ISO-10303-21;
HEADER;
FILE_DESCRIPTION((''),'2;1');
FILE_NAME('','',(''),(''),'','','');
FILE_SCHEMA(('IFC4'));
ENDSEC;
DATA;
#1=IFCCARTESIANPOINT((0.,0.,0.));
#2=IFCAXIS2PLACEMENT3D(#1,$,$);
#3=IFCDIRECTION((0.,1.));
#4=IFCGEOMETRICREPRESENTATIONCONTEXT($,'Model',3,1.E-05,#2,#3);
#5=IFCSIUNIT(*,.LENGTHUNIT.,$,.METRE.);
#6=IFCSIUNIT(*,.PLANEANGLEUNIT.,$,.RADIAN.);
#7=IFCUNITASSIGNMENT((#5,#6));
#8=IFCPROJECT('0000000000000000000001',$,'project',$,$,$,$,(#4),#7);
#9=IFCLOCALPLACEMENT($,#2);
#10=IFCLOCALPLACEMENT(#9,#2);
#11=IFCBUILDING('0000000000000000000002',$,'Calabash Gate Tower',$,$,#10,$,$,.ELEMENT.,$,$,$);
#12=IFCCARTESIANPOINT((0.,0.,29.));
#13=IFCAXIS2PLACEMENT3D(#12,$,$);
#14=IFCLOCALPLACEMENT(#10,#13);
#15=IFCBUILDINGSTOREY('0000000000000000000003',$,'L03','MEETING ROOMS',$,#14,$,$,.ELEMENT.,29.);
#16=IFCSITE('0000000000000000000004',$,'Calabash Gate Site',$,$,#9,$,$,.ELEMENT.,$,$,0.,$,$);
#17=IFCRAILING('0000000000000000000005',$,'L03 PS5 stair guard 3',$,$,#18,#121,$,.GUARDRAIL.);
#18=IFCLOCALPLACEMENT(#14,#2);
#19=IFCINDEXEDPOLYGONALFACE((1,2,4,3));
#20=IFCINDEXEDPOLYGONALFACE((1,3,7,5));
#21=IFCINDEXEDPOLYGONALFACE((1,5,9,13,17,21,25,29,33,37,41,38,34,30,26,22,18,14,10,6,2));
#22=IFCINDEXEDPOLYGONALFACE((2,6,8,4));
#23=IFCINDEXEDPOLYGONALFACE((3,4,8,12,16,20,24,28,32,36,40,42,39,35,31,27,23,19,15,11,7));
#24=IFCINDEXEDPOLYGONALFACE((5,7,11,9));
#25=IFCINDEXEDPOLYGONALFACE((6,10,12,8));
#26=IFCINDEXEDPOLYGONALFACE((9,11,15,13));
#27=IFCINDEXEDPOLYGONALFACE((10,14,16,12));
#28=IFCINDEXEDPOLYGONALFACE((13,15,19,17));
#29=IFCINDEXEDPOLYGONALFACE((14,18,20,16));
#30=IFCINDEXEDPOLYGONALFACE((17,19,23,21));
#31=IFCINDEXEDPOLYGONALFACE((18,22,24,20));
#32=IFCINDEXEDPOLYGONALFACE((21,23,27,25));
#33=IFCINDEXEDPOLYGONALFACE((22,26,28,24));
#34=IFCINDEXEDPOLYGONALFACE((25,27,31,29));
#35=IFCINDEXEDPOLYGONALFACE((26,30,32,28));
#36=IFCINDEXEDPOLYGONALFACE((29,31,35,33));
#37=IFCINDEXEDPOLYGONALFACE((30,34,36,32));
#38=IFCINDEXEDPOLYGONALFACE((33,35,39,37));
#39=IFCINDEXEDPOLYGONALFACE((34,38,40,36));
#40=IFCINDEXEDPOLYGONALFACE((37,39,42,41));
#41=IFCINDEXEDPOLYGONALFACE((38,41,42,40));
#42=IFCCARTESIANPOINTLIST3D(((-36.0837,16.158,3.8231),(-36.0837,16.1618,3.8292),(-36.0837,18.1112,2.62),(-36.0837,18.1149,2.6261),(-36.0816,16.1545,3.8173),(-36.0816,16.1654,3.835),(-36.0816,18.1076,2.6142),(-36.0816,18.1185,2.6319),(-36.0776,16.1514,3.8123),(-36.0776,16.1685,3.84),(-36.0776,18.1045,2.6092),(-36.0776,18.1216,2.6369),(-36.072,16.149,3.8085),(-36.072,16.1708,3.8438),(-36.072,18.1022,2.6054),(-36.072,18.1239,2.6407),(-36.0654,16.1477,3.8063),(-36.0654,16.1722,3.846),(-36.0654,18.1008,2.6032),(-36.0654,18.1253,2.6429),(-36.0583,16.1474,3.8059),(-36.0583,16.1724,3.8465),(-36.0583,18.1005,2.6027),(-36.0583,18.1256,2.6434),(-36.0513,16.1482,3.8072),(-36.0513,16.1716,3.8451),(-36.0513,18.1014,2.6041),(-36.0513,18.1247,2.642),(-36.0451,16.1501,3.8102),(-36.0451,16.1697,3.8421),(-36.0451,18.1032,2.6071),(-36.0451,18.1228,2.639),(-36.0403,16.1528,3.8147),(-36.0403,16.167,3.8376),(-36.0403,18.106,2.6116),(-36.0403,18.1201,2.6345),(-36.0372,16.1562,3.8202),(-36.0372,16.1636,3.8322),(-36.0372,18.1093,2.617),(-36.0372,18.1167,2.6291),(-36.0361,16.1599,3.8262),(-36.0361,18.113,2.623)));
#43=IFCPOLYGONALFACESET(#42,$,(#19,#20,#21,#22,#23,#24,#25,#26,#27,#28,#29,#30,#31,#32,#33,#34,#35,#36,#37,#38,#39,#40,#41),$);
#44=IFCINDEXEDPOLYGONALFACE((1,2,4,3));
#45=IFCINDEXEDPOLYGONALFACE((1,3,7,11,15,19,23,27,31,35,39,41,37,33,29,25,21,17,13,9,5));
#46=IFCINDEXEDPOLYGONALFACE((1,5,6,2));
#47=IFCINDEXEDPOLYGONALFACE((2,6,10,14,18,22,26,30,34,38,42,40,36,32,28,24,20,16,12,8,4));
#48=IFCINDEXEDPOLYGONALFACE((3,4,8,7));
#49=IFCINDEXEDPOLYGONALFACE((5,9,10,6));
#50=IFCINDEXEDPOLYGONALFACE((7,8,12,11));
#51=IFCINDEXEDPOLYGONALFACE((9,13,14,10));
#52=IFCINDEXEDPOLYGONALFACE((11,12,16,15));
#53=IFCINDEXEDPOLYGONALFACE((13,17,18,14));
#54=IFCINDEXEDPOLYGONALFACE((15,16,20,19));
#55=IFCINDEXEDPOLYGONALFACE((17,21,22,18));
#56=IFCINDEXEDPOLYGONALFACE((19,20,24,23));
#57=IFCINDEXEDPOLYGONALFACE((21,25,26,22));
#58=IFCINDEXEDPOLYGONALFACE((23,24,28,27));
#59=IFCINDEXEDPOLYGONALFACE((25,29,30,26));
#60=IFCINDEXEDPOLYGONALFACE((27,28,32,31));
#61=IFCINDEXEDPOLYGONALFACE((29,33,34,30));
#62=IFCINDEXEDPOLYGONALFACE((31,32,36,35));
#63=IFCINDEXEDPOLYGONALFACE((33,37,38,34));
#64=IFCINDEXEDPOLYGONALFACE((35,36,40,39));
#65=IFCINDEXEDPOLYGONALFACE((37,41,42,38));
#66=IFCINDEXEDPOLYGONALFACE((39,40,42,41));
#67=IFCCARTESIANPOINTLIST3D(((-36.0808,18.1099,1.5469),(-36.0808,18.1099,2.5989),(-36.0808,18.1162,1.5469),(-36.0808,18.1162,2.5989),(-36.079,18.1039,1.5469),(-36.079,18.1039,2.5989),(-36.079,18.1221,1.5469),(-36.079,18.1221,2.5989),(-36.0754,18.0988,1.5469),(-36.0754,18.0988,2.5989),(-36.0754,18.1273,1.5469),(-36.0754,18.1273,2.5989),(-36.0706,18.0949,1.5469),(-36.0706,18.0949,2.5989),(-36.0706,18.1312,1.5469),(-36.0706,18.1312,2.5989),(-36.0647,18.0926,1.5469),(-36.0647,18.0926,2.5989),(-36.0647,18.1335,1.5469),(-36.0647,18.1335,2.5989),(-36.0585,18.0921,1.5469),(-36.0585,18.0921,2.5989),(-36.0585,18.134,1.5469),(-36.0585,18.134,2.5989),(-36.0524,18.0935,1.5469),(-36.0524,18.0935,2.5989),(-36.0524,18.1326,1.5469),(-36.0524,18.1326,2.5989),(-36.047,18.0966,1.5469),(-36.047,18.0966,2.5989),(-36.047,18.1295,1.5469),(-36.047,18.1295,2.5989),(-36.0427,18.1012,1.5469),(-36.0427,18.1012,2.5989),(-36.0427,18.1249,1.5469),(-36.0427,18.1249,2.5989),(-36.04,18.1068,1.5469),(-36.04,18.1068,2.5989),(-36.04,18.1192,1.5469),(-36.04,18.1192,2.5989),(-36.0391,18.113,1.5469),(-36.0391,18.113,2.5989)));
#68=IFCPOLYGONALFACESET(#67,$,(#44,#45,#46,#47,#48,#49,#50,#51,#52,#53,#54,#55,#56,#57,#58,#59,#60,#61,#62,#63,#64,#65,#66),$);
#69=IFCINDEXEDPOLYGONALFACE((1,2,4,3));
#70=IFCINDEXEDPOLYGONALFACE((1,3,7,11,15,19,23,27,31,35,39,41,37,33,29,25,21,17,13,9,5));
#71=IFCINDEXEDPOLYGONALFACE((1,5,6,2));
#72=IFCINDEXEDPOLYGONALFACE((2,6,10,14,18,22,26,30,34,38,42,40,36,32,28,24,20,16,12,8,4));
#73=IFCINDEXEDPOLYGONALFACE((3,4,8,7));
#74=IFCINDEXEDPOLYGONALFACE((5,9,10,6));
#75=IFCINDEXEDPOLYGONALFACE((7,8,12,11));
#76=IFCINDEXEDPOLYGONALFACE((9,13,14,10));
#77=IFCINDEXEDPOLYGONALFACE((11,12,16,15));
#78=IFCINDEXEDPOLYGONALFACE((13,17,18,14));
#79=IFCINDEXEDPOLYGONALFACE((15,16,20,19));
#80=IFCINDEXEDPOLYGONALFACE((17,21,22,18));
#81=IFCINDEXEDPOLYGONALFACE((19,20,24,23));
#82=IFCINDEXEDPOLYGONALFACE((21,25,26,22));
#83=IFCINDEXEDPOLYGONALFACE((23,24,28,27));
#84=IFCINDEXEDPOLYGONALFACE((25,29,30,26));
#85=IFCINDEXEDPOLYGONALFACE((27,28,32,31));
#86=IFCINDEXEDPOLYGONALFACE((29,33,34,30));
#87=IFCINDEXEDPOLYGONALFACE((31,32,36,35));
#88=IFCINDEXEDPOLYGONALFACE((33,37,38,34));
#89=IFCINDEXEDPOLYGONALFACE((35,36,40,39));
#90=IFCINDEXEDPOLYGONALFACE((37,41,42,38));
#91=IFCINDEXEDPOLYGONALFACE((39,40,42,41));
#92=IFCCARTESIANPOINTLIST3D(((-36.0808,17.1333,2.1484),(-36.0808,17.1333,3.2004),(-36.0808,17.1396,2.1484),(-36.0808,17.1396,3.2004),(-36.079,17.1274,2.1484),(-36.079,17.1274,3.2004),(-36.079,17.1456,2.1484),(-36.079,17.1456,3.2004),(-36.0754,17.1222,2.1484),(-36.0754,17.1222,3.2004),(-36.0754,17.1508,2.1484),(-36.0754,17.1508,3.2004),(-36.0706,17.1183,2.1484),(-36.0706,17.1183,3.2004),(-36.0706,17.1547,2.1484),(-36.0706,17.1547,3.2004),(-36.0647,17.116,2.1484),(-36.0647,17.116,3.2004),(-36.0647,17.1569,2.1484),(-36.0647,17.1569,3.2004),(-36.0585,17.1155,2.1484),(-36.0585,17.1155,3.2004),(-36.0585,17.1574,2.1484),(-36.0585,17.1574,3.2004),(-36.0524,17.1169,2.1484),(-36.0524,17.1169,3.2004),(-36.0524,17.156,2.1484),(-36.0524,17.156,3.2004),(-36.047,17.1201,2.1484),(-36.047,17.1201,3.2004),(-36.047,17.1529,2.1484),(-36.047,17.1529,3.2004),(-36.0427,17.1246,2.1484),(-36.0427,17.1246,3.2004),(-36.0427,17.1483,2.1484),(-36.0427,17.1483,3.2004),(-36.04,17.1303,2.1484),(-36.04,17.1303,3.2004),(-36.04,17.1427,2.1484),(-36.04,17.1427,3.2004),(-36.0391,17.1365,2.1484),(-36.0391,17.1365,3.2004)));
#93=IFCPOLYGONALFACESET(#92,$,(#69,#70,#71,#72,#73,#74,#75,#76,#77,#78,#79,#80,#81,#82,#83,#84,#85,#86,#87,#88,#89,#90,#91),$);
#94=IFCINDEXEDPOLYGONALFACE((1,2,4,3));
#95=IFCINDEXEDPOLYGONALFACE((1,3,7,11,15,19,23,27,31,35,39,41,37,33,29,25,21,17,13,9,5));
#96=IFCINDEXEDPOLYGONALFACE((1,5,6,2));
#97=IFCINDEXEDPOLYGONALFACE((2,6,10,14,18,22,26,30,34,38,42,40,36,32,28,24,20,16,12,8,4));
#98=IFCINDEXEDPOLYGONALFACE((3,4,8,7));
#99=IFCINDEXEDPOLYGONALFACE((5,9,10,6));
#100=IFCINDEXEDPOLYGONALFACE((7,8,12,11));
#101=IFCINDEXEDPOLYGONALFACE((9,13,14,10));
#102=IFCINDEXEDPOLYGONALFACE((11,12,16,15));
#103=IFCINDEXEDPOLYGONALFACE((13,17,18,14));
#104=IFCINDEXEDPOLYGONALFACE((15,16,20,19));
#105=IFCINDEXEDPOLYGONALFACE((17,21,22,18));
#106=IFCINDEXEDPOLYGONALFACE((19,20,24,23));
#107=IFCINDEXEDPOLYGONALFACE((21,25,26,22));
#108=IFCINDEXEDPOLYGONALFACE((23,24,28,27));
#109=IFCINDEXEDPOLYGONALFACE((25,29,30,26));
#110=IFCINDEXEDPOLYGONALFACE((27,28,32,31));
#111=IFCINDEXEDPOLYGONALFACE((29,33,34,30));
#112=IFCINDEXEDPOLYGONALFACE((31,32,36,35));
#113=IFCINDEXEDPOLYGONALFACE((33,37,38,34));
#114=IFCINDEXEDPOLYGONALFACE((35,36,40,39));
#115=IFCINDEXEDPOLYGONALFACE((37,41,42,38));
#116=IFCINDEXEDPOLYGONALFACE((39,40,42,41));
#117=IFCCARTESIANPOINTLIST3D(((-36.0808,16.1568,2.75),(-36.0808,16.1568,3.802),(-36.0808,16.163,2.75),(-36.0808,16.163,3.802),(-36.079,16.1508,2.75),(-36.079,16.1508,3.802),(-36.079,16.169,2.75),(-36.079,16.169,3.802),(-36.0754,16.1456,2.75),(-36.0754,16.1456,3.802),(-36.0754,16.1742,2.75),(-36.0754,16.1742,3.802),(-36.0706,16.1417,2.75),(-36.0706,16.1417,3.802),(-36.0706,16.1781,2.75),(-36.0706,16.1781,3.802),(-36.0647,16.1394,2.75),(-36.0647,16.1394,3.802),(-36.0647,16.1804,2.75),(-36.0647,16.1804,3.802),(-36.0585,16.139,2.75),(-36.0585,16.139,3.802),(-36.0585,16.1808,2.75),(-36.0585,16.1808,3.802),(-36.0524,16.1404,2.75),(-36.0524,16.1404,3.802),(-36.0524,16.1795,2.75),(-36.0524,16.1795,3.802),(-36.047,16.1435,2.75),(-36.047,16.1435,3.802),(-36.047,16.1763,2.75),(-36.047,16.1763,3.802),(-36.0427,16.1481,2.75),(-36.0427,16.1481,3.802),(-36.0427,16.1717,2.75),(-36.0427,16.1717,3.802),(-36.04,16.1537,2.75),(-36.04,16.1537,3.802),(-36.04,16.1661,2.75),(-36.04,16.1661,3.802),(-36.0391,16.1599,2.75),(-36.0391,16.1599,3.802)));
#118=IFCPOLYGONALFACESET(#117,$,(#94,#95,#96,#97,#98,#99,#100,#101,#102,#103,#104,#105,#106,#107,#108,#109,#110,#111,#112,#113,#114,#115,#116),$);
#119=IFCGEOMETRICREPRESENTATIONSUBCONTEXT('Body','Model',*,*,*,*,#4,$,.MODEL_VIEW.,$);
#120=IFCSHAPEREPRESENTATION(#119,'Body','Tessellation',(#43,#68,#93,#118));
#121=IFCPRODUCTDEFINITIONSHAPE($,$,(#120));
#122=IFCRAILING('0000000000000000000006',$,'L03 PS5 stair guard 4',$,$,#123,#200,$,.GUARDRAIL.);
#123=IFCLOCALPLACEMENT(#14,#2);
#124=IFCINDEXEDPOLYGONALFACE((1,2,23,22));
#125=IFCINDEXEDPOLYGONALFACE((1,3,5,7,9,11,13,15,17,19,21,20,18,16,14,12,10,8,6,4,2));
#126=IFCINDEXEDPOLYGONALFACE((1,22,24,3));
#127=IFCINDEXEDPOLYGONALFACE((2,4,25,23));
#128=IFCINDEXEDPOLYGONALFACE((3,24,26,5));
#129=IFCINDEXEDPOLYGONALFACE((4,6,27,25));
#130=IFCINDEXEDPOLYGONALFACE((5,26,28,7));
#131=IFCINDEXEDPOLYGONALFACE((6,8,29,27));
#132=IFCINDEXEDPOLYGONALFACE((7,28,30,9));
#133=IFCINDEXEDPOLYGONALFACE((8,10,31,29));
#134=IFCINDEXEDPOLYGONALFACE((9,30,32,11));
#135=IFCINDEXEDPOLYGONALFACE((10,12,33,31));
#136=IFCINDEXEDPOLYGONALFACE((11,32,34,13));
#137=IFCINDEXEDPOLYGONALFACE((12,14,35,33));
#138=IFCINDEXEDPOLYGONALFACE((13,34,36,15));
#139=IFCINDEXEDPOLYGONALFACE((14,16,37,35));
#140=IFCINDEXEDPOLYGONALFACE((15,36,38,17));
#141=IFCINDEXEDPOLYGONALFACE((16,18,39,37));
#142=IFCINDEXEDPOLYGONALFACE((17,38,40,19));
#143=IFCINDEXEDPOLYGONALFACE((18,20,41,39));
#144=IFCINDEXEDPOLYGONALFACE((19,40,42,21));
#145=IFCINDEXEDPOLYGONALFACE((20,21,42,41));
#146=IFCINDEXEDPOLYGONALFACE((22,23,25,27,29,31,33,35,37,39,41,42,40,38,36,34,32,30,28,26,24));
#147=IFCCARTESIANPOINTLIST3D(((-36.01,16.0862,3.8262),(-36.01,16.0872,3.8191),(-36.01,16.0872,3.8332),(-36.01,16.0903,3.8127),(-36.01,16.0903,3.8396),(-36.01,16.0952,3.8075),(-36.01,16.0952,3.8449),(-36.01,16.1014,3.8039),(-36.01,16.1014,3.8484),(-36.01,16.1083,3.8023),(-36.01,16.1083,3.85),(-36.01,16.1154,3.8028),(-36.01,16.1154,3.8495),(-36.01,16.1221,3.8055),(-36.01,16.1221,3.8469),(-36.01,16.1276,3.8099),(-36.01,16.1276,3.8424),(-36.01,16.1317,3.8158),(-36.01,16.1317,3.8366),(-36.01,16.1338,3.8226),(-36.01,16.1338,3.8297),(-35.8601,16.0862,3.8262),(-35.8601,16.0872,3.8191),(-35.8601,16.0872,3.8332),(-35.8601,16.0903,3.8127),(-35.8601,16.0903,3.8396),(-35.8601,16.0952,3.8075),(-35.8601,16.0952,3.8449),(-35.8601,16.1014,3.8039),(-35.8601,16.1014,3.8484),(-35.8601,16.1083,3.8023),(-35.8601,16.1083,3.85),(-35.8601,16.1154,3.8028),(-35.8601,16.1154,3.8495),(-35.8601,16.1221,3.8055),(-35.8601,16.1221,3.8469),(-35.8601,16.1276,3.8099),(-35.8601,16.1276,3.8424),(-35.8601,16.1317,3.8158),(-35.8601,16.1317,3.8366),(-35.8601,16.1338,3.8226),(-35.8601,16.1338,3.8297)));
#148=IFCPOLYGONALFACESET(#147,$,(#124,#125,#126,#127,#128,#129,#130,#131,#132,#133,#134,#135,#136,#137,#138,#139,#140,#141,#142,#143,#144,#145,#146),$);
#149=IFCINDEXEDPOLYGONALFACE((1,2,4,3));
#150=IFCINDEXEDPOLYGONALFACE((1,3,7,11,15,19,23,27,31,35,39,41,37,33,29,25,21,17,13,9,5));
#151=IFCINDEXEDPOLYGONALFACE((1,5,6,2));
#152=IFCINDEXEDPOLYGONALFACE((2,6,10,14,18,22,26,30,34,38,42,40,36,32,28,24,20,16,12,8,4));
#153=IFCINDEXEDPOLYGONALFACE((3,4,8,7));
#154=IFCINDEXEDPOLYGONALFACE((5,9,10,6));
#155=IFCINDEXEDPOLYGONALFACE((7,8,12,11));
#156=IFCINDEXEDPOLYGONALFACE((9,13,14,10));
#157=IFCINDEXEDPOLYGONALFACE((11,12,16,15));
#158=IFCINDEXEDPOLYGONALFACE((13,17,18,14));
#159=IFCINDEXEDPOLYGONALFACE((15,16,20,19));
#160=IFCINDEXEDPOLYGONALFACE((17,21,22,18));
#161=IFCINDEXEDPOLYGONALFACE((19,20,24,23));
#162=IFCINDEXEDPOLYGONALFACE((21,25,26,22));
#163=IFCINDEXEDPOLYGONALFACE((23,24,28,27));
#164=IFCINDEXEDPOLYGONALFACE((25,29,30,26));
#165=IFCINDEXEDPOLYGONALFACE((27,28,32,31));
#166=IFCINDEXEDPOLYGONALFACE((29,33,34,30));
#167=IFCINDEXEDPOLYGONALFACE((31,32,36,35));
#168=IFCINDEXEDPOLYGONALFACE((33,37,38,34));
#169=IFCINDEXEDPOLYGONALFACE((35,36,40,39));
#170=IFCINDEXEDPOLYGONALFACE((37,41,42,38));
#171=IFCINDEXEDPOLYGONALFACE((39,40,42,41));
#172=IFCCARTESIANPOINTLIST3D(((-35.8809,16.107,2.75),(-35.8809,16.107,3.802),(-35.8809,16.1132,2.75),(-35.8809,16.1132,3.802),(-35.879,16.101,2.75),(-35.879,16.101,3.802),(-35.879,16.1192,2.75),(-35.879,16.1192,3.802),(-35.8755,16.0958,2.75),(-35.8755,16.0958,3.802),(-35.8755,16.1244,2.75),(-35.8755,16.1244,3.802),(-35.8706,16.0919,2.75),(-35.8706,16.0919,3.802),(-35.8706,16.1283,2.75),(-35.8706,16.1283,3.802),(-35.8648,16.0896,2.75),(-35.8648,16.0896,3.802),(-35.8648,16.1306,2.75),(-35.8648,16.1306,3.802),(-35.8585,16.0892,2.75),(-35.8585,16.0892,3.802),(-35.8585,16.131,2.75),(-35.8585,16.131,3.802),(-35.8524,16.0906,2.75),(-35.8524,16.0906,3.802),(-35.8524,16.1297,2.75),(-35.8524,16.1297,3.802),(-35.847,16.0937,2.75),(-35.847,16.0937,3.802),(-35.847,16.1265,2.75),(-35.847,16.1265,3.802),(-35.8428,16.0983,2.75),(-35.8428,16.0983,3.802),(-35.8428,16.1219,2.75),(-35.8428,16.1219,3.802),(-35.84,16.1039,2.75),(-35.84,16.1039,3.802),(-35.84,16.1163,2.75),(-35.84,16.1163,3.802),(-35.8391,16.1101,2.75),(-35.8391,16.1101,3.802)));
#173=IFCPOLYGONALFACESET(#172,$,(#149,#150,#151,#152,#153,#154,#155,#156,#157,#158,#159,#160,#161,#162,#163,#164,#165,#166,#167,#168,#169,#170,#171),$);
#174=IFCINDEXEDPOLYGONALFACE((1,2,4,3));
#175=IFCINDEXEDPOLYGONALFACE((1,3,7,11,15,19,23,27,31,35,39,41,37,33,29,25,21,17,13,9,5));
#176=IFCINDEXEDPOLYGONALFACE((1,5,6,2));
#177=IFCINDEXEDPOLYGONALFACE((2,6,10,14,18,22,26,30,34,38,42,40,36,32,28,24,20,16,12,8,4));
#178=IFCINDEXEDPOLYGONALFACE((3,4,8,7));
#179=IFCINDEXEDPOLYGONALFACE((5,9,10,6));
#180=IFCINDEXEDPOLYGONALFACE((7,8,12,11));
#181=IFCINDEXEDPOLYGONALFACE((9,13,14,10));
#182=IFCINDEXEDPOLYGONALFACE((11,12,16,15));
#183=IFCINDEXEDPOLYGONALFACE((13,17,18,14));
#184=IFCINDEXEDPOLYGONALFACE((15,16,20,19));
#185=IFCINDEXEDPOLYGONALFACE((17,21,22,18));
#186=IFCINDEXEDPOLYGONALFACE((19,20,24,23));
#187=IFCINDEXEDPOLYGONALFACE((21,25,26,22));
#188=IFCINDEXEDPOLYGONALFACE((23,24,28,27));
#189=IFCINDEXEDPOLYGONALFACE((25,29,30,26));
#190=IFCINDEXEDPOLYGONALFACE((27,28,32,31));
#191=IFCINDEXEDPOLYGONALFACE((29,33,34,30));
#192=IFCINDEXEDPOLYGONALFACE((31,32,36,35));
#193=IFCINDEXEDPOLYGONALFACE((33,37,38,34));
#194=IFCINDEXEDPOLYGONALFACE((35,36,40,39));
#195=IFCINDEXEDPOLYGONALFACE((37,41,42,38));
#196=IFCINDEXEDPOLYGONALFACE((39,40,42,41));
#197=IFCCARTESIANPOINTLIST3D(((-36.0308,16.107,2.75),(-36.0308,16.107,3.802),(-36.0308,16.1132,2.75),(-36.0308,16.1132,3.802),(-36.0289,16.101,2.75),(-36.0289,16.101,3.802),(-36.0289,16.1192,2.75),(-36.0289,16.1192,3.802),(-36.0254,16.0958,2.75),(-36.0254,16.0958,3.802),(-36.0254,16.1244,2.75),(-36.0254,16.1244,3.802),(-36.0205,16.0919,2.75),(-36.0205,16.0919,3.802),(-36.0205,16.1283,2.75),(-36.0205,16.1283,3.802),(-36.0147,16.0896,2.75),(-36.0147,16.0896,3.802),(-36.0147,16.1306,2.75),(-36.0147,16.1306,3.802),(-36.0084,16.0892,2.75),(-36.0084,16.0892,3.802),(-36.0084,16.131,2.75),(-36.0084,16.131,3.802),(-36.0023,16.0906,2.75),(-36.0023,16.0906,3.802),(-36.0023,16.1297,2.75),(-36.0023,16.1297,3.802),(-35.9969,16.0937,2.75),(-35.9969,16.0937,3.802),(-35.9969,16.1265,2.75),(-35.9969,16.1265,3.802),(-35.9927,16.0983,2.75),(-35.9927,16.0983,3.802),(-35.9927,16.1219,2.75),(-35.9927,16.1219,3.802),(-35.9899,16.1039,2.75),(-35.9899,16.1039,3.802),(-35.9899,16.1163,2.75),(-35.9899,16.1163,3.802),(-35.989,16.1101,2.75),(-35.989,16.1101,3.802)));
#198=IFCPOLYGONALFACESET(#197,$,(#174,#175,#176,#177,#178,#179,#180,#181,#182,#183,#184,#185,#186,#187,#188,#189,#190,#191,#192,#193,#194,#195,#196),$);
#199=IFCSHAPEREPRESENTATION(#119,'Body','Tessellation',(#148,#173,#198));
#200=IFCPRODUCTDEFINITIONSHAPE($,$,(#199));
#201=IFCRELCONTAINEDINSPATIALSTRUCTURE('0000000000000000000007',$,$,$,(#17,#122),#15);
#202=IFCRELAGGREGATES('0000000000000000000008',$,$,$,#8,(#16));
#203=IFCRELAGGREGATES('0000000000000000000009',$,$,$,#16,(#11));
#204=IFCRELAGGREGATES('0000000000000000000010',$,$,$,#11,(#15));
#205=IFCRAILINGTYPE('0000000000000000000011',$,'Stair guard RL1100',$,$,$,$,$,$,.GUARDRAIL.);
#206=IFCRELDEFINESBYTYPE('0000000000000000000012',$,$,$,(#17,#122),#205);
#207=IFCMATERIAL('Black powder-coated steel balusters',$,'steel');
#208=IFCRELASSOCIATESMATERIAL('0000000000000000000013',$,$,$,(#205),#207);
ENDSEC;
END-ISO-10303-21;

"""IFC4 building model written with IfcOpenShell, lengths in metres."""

from ifc_helpers import new_model, si_unit, direction, frame, origin, origin_2d, place, context, subcontext, project, spatial, circle, extrude, material, type_object, element, save


model = new_model("IFC4")

# Units and contexts
model_context = context("Model", 3, precision=1e-05, world=origin(), true_north=direction((0.0, 1.0)))
body_context = subcontext(model_context, "Body", "Model", "MODEL_VIEW")
ifc_project = project(units=[si_unit("LENGTHUNIT", "METRE"), si_unit("PLANEANGLEUNIT", "RADIAN")], contexts=[model_context])

# Site, building, storey
site_placement = place(None, origin())
site = spatial("IfcSite", under=ifc_project, at=site_placement, Name="Calabash Gate Site", CompositionType="ELEMENT", RefElevation=0.0)
building_placement = place(site_placement, origin())
building = spatial("IfcBuilding", under=site, at=building_placement, Name="Calabash Gate Tower", CompositionType="ELEMENT")
storey_placement = place(building_placement, frame((0.0, 0.0, 29.0)))
storey = spatial("IfcBuildingStorey", under=building, at=storey_placement, Name="L03", Description="MEETING ROOMS", CompositionType="ELEMENT", Elevation=29.0)

# Railings
ifc_material_1 = material(Name="Black powder-coated steel balusters", Category="steel")
railing_type_1 = type_object("IfcRailingType", Name="Stair guard RL1100", PredefinedType="GUARDRAIL", material=ifc_material_1)
railing_1_placement = place(storey_placement, frame((-36.0601, 18.113, 1.5469)))
element("IfcRailing", 1, at=railing_1_placement, inside=storey, type_object=railing_type_1, Name="L03 PS5 stair guard 3", PredefinedType="GUARDRAIL", context=body_context, shape_type="SweptSolid", body=[
    extrude(circle(Radius=0.0239, at=origin_2d()), frame((0.0, 0.0, 1.0762), z_axis=(0.0, -0.851424, 0.524477), x_axis=(1.0, 0.0, 0.0)), (0.0, 0.0, 1.0), 2.2939),
    extrude(circle(Radius=0.021, at=origin_2d()), origin(), (0.0, 0.0, 1.0), 1.052),
    extrude(circle(Radius=0.021, at=origin_2d()), frame((0.0, -0.9766, 0.6016)), (0.0, 0.0, 1.0), 1.052),
    extrude(circle(Radius=0.021, at=origin_2d()), frame((0.0, -1.9531, 1.2031)), (0.0, 0.0, 1.0), 1.052),
])
for number, where, name in (
    (2, (-35.8601, 16.1101, 2.75), "L03 PS5 stair guard 4"),
):
    element("IfcRailing", number, at=place(storey_placement, frame(where)), inside=storey, type_object=railing_type_1, Name=name, PredefinedType="GUARDRAIL", context=body_context, shape_type="SweptSolid", body=[
        extrude(circle(Radius=0.0239, at=origin_2d()), frame((0.0, 0.0, 1.0762), z_axis=(-1.0, 0.0, 0.0), x_axis=(0.0, -1.0, 0.0)), (0.0, 0.0, 1.0), 0.1499),
        extrude(circle(Radius=0.021, at=origin_2d()), origin(), (0.0, 0.0, 1.0), 1.052),
        extrude(circle(Radius=0.021, at=origin_2d()), frame((-0.1499, 0.0, 0.0)), (0.0, 0.0, 1.0), 1.052),
    ])

save(model, "model.ifc")
